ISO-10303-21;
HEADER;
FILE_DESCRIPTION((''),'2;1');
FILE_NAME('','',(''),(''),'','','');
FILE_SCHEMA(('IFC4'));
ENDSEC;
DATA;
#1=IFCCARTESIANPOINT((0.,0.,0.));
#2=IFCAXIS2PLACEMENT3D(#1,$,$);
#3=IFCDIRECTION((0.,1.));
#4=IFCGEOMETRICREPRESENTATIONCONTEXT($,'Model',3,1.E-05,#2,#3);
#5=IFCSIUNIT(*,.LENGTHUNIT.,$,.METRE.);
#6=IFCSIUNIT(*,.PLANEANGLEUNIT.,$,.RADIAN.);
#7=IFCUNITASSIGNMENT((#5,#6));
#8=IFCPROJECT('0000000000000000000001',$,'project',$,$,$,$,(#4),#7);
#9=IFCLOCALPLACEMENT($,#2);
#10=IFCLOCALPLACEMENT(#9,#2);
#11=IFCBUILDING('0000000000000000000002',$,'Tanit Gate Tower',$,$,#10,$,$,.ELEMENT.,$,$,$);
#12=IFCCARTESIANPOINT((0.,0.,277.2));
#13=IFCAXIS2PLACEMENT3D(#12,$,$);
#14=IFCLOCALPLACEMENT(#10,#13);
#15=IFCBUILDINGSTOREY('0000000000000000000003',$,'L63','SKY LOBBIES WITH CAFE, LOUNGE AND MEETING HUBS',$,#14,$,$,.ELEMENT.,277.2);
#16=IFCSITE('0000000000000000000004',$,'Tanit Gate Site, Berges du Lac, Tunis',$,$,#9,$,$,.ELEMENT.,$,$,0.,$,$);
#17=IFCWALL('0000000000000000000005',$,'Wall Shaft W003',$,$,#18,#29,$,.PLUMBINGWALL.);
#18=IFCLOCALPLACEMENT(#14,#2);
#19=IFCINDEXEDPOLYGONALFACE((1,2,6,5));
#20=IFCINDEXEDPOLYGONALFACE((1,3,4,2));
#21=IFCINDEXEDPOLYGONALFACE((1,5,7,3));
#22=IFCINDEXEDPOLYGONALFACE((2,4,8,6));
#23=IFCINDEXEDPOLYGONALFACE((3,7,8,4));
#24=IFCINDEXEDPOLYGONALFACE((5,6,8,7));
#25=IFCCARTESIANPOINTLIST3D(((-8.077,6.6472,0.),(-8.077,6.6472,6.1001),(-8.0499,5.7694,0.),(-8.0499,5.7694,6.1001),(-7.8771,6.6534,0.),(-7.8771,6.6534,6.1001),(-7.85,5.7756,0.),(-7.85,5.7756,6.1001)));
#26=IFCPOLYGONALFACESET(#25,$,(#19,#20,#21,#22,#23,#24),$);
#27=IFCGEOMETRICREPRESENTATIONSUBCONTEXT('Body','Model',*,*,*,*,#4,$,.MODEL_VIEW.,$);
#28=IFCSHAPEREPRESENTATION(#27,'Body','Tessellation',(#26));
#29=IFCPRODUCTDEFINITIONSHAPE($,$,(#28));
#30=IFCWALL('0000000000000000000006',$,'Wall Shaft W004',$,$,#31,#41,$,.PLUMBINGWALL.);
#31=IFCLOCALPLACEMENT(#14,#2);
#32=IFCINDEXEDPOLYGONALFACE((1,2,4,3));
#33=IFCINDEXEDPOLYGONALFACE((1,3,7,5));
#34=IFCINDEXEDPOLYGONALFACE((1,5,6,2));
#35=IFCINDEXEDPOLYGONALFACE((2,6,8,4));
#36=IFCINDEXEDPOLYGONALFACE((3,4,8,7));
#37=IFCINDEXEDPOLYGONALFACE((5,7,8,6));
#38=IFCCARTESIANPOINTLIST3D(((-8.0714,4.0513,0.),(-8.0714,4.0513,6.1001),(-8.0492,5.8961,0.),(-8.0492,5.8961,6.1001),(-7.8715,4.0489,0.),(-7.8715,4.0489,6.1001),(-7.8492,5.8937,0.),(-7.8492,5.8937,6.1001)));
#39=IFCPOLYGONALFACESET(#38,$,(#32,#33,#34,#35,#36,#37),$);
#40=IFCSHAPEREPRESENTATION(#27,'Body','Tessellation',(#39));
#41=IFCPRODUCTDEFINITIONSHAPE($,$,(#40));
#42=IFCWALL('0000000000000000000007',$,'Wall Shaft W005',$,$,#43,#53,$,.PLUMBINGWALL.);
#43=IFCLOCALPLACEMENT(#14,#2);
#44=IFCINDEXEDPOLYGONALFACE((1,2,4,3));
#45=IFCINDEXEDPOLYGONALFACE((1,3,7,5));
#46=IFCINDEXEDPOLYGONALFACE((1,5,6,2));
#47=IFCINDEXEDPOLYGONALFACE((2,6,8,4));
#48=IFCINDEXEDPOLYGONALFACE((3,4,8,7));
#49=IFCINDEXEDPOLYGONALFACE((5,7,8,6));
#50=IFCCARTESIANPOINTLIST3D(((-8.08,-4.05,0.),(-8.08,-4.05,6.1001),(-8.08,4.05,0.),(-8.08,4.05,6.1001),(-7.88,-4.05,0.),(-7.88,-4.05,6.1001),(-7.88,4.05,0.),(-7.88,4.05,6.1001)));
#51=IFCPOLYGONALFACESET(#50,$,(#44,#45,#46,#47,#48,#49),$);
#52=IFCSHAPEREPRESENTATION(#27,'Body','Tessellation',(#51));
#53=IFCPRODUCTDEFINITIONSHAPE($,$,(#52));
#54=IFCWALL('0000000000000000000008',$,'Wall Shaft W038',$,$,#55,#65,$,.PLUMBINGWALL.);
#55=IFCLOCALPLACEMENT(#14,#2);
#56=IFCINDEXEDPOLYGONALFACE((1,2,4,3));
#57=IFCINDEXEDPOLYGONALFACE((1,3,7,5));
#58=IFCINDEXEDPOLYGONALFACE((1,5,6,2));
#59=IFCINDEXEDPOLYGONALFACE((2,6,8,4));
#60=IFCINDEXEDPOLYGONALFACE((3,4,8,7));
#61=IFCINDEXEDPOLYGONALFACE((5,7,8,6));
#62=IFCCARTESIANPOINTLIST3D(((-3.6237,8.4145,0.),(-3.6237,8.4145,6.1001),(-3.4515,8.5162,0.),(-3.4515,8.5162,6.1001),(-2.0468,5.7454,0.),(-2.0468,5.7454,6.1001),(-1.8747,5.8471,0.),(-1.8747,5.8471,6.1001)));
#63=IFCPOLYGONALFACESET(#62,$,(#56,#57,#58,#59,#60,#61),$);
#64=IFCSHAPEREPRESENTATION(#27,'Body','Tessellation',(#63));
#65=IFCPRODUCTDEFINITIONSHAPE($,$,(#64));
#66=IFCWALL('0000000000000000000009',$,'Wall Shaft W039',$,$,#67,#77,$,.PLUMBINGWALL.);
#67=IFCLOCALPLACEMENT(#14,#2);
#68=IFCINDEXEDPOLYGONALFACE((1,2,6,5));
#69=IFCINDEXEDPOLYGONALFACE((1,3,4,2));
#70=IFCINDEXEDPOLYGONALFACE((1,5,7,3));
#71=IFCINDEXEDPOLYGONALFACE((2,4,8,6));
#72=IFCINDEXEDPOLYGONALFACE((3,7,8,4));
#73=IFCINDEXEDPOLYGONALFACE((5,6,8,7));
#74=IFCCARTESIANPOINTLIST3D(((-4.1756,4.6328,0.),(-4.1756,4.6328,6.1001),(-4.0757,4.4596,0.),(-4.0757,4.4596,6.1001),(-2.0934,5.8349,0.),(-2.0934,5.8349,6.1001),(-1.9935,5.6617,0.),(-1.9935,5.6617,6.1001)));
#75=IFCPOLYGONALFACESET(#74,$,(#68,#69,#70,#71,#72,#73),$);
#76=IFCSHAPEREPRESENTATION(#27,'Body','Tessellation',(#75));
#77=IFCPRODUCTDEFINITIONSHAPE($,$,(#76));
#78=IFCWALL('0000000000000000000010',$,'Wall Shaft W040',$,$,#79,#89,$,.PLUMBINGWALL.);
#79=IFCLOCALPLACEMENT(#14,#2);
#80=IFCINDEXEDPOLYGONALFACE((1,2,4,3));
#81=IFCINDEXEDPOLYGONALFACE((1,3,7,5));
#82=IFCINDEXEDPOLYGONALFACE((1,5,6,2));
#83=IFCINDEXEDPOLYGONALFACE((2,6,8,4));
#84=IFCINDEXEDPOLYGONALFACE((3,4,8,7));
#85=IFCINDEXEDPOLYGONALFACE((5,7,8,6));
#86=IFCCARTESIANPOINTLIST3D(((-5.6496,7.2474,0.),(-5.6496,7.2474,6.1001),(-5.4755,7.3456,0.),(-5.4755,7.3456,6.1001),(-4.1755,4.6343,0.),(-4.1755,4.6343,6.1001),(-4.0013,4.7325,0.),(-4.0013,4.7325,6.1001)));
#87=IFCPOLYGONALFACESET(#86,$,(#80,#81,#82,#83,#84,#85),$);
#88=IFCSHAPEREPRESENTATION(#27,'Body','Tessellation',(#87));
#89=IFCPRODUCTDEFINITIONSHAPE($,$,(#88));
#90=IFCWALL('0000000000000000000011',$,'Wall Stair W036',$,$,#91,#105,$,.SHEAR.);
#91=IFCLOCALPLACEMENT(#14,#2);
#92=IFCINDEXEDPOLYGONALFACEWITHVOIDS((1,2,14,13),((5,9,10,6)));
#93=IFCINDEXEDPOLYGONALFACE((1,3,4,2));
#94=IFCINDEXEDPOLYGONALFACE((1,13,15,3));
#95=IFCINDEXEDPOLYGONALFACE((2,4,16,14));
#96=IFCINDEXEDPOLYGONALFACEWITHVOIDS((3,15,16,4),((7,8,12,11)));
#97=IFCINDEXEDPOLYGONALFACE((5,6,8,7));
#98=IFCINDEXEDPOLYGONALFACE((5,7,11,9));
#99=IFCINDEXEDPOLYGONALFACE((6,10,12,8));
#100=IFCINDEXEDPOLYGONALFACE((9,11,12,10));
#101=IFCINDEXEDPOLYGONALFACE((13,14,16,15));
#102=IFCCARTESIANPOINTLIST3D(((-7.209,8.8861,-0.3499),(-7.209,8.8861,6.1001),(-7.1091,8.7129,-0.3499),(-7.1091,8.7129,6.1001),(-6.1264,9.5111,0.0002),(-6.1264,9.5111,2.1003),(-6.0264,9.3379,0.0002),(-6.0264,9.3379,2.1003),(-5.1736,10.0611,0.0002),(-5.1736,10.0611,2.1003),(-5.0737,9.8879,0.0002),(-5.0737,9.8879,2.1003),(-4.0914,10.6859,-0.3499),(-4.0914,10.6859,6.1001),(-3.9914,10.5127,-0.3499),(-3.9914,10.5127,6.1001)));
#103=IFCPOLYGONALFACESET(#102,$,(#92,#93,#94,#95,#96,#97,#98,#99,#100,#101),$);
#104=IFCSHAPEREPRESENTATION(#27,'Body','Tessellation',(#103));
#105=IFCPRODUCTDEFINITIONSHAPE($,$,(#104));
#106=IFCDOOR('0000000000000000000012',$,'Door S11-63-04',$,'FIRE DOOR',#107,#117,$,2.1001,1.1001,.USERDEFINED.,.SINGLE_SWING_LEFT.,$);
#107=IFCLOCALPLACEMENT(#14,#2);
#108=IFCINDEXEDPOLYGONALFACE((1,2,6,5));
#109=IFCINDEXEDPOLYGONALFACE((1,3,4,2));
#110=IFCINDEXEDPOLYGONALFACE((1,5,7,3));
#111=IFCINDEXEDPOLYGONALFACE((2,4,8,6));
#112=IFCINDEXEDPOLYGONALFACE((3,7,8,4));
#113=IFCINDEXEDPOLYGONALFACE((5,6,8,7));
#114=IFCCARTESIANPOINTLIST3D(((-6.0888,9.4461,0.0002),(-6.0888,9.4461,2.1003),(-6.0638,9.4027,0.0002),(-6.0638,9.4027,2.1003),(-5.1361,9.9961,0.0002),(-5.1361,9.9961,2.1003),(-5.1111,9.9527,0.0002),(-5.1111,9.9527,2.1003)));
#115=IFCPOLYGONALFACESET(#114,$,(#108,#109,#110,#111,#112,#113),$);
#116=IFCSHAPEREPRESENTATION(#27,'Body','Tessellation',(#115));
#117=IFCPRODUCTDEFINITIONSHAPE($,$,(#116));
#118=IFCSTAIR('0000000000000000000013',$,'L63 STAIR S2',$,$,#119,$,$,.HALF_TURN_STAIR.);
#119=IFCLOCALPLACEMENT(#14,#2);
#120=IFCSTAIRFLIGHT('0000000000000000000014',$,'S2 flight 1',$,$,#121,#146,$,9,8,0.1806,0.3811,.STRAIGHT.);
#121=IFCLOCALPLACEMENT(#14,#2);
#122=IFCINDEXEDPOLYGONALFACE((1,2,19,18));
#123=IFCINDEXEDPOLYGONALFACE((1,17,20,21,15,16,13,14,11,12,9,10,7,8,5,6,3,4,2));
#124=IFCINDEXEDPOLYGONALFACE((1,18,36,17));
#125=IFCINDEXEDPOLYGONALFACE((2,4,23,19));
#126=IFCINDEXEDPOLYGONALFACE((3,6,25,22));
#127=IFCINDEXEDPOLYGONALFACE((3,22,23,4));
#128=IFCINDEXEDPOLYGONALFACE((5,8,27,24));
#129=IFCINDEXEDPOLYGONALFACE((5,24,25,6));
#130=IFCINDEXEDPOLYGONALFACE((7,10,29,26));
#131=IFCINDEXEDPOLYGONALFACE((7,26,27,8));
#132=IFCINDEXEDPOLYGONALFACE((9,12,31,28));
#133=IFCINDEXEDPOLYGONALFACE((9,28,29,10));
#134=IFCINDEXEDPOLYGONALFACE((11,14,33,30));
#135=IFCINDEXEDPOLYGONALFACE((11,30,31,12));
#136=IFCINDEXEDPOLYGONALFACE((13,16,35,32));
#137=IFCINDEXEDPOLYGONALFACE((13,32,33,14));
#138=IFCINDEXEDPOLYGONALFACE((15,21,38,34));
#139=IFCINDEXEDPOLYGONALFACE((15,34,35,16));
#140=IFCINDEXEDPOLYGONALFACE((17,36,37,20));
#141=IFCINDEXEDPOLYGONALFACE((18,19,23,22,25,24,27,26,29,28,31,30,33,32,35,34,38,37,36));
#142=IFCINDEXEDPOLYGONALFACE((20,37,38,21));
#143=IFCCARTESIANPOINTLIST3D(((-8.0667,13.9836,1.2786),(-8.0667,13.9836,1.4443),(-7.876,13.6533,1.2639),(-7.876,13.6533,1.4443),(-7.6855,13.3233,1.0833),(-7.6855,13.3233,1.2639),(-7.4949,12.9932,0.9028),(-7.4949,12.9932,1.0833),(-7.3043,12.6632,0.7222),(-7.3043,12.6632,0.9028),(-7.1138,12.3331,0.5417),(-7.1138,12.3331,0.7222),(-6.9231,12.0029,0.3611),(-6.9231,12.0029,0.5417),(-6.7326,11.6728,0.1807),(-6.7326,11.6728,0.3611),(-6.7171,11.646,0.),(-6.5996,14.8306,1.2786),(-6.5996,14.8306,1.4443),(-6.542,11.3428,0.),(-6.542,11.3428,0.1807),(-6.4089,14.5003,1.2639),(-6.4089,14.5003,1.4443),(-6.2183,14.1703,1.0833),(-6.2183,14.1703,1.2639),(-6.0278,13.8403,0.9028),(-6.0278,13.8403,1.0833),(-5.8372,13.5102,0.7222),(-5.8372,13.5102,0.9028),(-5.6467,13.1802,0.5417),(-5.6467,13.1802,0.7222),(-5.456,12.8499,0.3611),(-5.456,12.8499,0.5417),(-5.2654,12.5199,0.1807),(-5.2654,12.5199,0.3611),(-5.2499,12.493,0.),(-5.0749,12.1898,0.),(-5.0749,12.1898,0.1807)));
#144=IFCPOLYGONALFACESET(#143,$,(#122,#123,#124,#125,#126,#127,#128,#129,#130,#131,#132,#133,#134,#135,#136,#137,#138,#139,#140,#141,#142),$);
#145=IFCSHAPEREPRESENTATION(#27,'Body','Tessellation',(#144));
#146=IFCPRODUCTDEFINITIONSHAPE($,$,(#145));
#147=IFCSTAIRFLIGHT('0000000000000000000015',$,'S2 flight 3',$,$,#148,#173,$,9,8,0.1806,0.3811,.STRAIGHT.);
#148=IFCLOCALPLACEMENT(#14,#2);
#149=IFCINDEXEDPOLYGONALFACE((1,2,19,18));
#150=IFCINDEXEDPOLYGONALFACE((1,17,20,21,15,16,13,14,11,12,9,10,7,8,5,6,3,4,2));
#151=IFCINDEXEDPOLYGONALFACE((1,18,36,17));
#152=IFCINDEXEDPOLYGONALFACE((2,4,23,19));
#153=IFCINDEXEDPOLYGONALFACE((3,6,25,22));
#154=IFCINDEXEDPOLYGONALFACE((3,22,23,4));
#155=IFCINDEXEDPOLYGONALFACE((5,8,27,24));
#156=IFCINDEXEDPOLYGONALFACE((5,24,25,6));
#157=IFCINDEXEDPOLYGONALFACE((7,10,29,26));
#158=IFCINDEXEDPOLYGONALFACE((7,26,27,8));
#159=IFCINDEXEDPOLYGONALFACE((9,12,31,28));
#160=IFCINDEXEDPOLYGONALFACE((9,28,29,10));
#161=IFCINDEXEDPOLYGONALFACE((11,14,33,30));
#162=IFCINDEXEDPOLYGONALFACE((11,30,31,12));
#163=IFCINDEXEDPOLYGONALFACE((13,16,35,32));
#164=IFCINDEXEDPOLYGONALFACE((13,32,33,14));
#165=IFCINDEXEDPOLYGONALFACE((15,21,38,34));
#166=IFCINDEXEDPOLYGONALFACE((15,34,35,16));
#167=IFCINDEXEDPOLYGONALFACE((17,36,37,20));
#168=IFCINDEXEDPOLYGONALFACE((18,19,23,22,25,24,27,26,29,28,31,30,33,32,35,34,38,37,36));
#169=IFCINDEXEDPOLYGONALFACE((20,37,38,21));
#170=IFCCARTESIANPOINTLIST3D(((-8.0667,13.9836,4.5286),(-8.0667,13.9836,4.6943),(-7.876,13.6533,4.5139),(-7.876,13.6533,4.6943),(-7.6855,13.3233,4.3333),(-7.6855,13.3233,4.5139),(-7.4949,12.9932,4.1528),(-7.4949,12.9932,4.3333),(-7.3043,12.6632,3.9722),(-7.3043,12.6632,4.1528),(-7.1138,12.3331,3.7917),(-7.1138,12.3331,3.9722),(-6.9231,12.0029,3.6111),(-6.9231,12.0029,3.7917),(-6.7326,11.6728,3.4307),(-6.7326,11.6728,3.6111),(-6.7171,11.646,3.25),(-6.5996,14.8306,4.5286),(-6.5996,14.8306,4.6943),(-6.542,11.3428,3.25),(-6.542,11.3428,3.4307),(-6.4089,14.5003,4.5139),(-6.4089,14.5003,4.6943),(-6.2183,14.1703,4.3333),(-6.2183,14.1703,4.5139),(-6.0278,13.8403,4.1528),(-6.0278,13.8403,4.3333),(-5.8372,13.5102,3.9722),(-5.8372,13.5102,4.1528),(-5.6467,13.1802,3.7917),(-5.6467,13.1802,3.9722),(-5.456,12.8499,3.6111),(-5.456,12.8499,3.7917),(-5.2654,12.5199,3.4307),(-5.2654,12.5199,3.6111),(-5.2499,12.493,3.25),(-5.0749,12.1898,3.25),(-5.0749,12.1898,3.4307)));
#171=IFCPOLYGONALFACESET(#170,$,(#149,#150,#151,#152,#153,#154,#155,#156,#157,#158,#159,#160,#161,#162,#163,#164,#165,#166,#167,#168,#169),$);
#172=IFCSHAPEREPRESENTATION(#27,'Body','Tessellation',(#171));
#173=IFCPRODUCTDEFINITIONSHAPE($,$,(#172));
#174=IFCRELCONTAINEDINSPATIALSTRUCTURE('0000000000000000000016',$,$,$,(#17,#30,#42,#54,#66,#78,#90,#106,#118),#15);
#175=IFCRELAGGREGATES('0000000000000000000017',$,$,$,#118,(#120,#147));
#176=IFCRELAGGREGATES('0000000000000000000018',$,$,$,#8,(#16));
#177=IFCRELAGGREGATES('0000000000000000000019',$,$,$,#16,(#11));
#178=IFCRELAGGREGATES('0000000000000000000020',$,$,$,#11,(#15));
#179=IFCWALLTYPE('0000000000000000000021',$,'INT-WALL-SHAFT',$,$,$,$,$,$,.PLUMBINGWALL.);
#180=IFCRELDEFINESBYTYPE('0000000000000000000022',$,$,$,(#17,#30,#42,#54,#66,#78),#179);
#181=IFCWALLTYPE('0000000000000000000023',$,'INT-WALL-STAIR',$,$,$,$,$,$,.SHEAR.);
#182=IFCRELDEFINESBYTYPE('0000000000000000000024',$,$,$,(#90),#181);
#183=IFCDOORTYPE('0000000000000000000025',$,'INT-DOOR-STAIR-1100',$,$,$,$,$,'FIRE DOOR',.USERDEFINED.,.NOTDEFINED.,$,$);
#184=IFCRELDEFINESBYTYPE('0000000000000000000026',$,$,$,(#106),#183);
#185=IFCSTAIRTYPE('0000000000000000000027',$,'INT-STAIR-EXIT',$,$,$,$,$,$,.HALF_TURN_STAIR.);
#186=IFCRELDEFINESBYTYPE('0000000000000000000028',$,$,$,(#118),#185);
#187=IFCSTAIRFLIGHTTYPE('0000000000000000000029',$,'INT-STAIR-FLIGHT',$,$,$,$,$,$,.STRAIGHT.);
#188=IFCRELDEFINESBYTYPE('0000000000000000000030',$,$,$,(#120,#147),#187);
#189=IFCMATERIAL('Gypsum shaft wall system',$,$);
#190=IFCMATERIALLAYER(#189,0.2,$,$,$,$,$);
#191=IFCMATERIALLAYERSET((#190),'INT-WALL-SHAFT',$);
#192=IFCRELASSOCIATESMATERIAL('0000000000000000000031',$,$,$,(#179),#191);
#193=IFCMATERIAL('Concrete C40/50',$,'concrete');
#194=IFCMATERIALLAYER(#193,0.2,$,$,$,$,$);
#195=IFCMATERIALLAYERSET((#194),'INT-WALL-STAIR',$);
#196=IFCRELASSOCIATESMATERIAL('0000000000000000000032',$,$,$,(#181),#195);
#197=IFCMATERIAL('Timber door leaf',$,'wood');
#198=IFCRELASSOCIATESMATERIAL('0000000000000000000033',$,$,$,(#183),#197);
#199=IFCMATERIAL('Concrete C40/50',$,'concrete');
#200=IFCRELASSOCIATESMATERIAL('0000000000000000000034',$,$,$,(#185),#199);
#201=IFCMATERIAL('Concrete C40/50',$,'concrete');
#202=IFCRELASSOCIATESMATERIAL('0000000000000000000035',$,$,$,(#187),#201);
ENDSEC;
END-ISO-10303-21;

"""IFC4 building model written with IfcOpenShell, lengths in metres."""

from ifc_helpers import new_model, si_unit, direction, frame, frame_2d, origin, place, context, subcontext, project, spatial, polyline, rectangle, outline, extrude, material, layer, layer_set, type_object, element, fill, aggregate, save


model = new_model("IFC4")

# Units and contexts
model_context = context("Model", 3, precision=1e-05, world=origin(), true_north=direction((0.0, 1.0)))
body_context = subcontext(model_context, "Body", "Model", "MODEL_VIEW")
ifc_project = project(units=[si_unit("LENGTHUNIT", "METRE"), si_unit("PLANEANGLEUNIT", "RADIAN")], contexts=[model_context])

# Site, building, storey
site_placement = place(None, origin())
site = spatial("IfcSite", under=ifc_project, at=site_placement, Name="Tanit Gate Site, Berges du Lac, Tunis", CompositionType="ELEMENT", RefElevation=0.0)
building_placement = place(site_placement, origin())
building = spatial("IfcBuilding", under=site, at=building_placement, Name="Tanit Gate Tower", CompositionType="ELEMENT")
storey_placement = place(building_placement, frame((0.0, 0.0, 277.2)))
storey = spatial("IfcBuildingStorey", under=building, at=storey_placement, Name="L63", Description="SKY LOBBIES WITH CAFE, LOUNGE AND MEETING HUBS", CompositionType="ELEMENT", Elevation=277.2)

# Walls
ifc_material_1 = material(Name="Gypsum shaft wall system")
ifc_layer_1 = layer(ifc_material_1, 0.2)
ifc_layer_set_1 = layer_set([ifc_layer_1], Name="INT-WALL-SHAFT")
wall_type_1 = type_object("IfcWallType", Name="INT-WALL-SHAFT", PredefinedType="PLUMBINGWALL", material=ifc_layer_set_1)
wall_1_placement = place(storey_placement, frame((-7.9771, 6.6501, 0.0), z_axis=(0.0, 0.0, 1.0), x_axis=(0.030862, -0.999524, 0.0)))
element("IfcWall", 1, at=wall_1_placement, inside=storey, type_object=wall_type_1, Name="Wall Shaft W003", PredefinedType="PLUMBINGWALL", context=body_context, shape_type="SweptSolid", body=[
    extrude(rectangle(XDim=0.8782, YDim=0.2, at=frame_2d((0.439, 0.0))), origin(), (0.0, 0.0, 1.0), 6.1001),
])
wall_2_placement = place(storey_placement, frame((-7.9492, 5.8948, 0.0), z_axis=(0.0, 0.0, 1.0), x_axis=(-0.012043, -0.999927, 0.0)))
element("IfcWall", 2, at=wall_2_placement, inside=storey, type_object=wall_type_1, Name="Wall Shaft W004", PredefinedType="PLUMBINGWALL", context=body_context, shape_type="SweptSolid", body=[
    extrude(rectangle(XDim=1.845, YDim=0.2, at=frame_2d((0.9224, 0.0))), origin(), (0.0, 0.0, 1.0), 6.1001),
])
wall_3_placement = place(storey_placement, frame((-7.98, 4.05, 0.0), z_axis=(0.0, 0.0, 1.0), x_axis=(0.0, -1.0, 0.0)))
element("IfcWall", 3, at=wall_3_placement, inside=storey, type_object=wall_type_1, Name="Wall Shaft W005", PredefinedType="PLUMBINGWALL", context=body_context, shape_type="SweptSolid", body=[
    extrude(rectangle(XDim=8.1001, YDim=0.2, at=frame_2d((4.05, 0.0))), origin(), (0.0, 0.0, 1.0), 6.1001),
])

# Walls
wall_4_placement = place(storey_placement, frame((-3.5376, 8.4653, 0.0), z_axis=(0.0, 0.0, 1.0), x_axis=(0.508647, -0.860975, 0.0)))
element("IfcWall", 4, at=wall_4_placement, inside=storey, type_object=wall_type_1, Name="Wall Shaft W038", PredefinedType="PLUMBINGWALL", context=body_context, shape_type="SweptSolid", body=[
    extrude(rectangle(XDim=3.1001, YDim=0.2, at=frame_2d((1.55, 0.0))), origin(), (0.0, 0.0, 1.0), 6.1001),
])
wall_5_placement = place(storey_placement, frame((-2.0435, 5.7483, 0.0), z_axis=(0.0, 0.0, 1.0), x_axis=(-0.866035, -0.499983, 0.0)))
element("IfcWall", 5, at=wall_5_placement, inside=storey, type_object=wall_type_1, Name="Wall Shaft W039", PredefinedType="PLUMBINGWALL", context=body_context, shape_type="SweptSolid", body=[
    extrude(rectangle(XDim=2.4043, YDim=0.2, at=frame_2d((1.2021, 0.0))), origin(), (0.0, 0.0, 1.0), 6.1001),
])
wall_6_placement = place(storey_placement, frame((-5.5625, 7.2964, 0.0), z_axis=(0.0, 0.0, 1.0), x_axis=(0.491347, -0.870964, 0.0)))
element("IfcWall", 6, at=wall_6_placement, inside=storey, type_object=wall_type_1, Name="Wall Shaft W040", PredefinedType="PLUMBINGWALL", context=body_context, shape_type="SweptSolid", body=[
    extrude(rectangle(XDim=3.0002, YDim=0.2, at=frame_2d((1.5, 0.0))), origin(), (0.0, 0.0, 1.0), 6.1001),
])

# Wall, opening, door
ifc_material_2 = material(Name="Concrete C40/50", Category="concrete")
ifc_layer_2 = layer(ifc_material_2, 0.2)
ifc_layer_set_2 = layer_set([ifc_layer_2], Name="INT-WALL-STAIR")
wall_type_2 = type_object("IfcWallType", Name="INT-WALL-STAIR", PredefinedType="SHEAR", material=ifc_layer_set_2)
wall_7_placement = place(storey_placement, frame((-7.1589, 8.7996, -0.3499), z_axis=(0.0, 0.0, 1.0), x_axis=(0.866048, 0.499961, 0.0)))
wall_7 = element("IfcWall", 7, at=wall_7_placement, inside=storey, type_object=wall_type_2, Name="Wall Stair W036", PredefinedType="SHEAR", context=body_context, shape_type="SweptSolid", body=[
    extrude(rectangle(XDim=3.5999, YDim=0.2, at=frame_2d((1.7998, 0.0))), origin(), (0.0, 0.0, 1.0), 6.45),
])
opening_1_placement = place(wall_7_placement, frame((1.25, 0.0, 0.3501)))
opening_1 = element("IfcOpeningElement", 8, at=opening_1_placement, cuts=wall_7, PredefinedType="OPENING", context=body_context, shape_type="SweptSolid", body=[
    extrude(rectangle(XDim=1.1001, YDim=2.1001, at=frame_2d((0.55, 1.05))), frame((0.0, 0.1099, 0.0), z_axis=(0.0, -1.0, 0.0), x_axis=(1.0, 0.0, 0.0)), (0.0, 0.0, 1.0), 0.22),
])
ifc_material_3 = material(Name="Timber door leaf", Category="wood")
door_type_1 = type_object("IfcDoorType", Name="INT-DOOR-STAIR-1100", ElementType="FIRE DOOR", OperationType="NOTDEFINED", PredefinedType="USERDEFINED", material=ifc_material_3)
door_1_placement = place(opening_1_placement, origin())
door_1 = element("IfcDoor", 9, at=door_1_placement, inside=storey, type_object=door_type_1, Name="Door S11-63-04", ObjectType="FIRE DOOR", OperationType="SINGLE_SWING_LEFT", OverallHeight=2.1001, OverallWidth=1.1001, PredefinedType="USERDEFINED", context=body_context, shape_type="SweptSolid", body=[
    extrude(rectangle(XDim=1.1001, YDim=2.1001, at=frame_2d((0.55, 1.05))), frame((0.0, 0.0249, 0.0), z_axis=(0.0, -1.0, 0.0), x_axis=(1.0, 0.0, 0.0)), (0.0, 0.0, 1.0), 0.05),
])
fill(opening_1, door_1)

# Stair, stair flights
ifc_material_4 = material(Name="Concrete C40/50", Category="concrete")
stair_type = type_object("IfcStairType", Name="INT-STAIR-EXIT", PredefinedType="HALF_TURN_STAIR", material=ifc_material_4)
stair_placement = place(storey_placement, origin())
stair = element("IfcStair", 10, at=stair_placement, inside=storey, type_object=stair_type, Name="L63 STAIR S2", PredefinedType="HALF_TURN_STAIR")
ifc_material_5 = material(Name="Concrete C40/50", Category="concrete")
stair_flight_type = type_object("IfcStairFlightType", Name="INT-STAIR-FLIGHT", PredefinedType="STRAIGHT", material=ifc_material_5)
stair_flight_1_placement = place(storey_placement, frame((-5.8083, 11.7664, 0.0), z_axis=(0.0, 0.0, 1.0), x_axis=(-0.5, 0.866025, 0.0)))
stair_flight_1 = element("IfcStairFlight", 11, at=stair_flight_1_placement, type_object=stair_flight_type, Name="S2 flight 1", NumberOfRisers=9, NumberOfTreads=8, PredefinedType="STRAIGHT", RiserHeight=0.1806, TreadLength=0.3811, context=body_context, shape_type="SweptSolid", body=[
    extrude(outline(polyline([(0.0, 0.0), (0.0, 0.1807), (0.3811, 0.1807), (0.3811, 0.3611), (0.7622, 0.3611), (0.7622, 0.5417), (1.1436, 0.5417), (1.1436, 0.7222), (1.5247, 0.7222), (1.5247, 0.9028), (1.9058, 0.9028), (1.9058, 1.0833), (2.2869, 1.0833), (2.2869, 1.2639), (2.668, 1.2639), (2.668, 1.4443), (3.0493, 1.4443), (3.0493, 1.625), (3.0493, 1.2786), (0.3501, 0.0), (0.0, 0.0)])), frame((0.0, 0.8472, 0.0), z_axis=(0.0, -1.0, 0.0), x_axis=(1.0, 0.0, 0.0)), (0.0, 0.0, 1.0), 1.6941),
])
stair_flight_2_placement = place(storey_placement, frame((-5.8083, 11.7664, 3.25), z_axis=(0.0, 0.0, 1.0), x_axis=(-0.5, 0.866025, 0.0)))
stair_flight_2 = element("IfcStairFlight", 12, at=stair_flight_2_placement, type_object=stair_flight_type, Name="S2 flight 3", NumberOfRisers=9, NumberOfTreads=8, PredefinedType="STRAIGHT", RiserHeight=0.1806, TreadLength=0.3811, context=body_context, shape_type="SweptSolid", body=[
    extrude(outline(polyline([(0.0, 0.0), (0.0, 0.1807), (0.3811, 0.1807), (0.3811, 0.3611), (0.7622, 0.3611), (0.7622, 0.5417), (1.1436, 0.5417), (1.1436, 0.7222), (1.5247, 0.7222), (1.5247, 0.9028), (1.9058, 0.9028), (1.9058, 1.0833), (2.2869, 1.0833), (2.2869, 1.2639), (2.668, 1.2639), (2.668, 1.4443), (3.0493, 1.4443), (3.0493, 1.625), (3.0493, 1.2786), (0.3501, 0.0), (0.0, 0.0)])), frame((0.0, 0.8472, 0.0), z_axis=(0.0, -1.0, 0.0), x_axis=(1.0, 0.0, 0.0)), (0.0, 0.0, 1.0), 1.6941),
])
aggregate(stair, [stair_flight_1, stair_flight_2])

save(model, "model.ifc")
